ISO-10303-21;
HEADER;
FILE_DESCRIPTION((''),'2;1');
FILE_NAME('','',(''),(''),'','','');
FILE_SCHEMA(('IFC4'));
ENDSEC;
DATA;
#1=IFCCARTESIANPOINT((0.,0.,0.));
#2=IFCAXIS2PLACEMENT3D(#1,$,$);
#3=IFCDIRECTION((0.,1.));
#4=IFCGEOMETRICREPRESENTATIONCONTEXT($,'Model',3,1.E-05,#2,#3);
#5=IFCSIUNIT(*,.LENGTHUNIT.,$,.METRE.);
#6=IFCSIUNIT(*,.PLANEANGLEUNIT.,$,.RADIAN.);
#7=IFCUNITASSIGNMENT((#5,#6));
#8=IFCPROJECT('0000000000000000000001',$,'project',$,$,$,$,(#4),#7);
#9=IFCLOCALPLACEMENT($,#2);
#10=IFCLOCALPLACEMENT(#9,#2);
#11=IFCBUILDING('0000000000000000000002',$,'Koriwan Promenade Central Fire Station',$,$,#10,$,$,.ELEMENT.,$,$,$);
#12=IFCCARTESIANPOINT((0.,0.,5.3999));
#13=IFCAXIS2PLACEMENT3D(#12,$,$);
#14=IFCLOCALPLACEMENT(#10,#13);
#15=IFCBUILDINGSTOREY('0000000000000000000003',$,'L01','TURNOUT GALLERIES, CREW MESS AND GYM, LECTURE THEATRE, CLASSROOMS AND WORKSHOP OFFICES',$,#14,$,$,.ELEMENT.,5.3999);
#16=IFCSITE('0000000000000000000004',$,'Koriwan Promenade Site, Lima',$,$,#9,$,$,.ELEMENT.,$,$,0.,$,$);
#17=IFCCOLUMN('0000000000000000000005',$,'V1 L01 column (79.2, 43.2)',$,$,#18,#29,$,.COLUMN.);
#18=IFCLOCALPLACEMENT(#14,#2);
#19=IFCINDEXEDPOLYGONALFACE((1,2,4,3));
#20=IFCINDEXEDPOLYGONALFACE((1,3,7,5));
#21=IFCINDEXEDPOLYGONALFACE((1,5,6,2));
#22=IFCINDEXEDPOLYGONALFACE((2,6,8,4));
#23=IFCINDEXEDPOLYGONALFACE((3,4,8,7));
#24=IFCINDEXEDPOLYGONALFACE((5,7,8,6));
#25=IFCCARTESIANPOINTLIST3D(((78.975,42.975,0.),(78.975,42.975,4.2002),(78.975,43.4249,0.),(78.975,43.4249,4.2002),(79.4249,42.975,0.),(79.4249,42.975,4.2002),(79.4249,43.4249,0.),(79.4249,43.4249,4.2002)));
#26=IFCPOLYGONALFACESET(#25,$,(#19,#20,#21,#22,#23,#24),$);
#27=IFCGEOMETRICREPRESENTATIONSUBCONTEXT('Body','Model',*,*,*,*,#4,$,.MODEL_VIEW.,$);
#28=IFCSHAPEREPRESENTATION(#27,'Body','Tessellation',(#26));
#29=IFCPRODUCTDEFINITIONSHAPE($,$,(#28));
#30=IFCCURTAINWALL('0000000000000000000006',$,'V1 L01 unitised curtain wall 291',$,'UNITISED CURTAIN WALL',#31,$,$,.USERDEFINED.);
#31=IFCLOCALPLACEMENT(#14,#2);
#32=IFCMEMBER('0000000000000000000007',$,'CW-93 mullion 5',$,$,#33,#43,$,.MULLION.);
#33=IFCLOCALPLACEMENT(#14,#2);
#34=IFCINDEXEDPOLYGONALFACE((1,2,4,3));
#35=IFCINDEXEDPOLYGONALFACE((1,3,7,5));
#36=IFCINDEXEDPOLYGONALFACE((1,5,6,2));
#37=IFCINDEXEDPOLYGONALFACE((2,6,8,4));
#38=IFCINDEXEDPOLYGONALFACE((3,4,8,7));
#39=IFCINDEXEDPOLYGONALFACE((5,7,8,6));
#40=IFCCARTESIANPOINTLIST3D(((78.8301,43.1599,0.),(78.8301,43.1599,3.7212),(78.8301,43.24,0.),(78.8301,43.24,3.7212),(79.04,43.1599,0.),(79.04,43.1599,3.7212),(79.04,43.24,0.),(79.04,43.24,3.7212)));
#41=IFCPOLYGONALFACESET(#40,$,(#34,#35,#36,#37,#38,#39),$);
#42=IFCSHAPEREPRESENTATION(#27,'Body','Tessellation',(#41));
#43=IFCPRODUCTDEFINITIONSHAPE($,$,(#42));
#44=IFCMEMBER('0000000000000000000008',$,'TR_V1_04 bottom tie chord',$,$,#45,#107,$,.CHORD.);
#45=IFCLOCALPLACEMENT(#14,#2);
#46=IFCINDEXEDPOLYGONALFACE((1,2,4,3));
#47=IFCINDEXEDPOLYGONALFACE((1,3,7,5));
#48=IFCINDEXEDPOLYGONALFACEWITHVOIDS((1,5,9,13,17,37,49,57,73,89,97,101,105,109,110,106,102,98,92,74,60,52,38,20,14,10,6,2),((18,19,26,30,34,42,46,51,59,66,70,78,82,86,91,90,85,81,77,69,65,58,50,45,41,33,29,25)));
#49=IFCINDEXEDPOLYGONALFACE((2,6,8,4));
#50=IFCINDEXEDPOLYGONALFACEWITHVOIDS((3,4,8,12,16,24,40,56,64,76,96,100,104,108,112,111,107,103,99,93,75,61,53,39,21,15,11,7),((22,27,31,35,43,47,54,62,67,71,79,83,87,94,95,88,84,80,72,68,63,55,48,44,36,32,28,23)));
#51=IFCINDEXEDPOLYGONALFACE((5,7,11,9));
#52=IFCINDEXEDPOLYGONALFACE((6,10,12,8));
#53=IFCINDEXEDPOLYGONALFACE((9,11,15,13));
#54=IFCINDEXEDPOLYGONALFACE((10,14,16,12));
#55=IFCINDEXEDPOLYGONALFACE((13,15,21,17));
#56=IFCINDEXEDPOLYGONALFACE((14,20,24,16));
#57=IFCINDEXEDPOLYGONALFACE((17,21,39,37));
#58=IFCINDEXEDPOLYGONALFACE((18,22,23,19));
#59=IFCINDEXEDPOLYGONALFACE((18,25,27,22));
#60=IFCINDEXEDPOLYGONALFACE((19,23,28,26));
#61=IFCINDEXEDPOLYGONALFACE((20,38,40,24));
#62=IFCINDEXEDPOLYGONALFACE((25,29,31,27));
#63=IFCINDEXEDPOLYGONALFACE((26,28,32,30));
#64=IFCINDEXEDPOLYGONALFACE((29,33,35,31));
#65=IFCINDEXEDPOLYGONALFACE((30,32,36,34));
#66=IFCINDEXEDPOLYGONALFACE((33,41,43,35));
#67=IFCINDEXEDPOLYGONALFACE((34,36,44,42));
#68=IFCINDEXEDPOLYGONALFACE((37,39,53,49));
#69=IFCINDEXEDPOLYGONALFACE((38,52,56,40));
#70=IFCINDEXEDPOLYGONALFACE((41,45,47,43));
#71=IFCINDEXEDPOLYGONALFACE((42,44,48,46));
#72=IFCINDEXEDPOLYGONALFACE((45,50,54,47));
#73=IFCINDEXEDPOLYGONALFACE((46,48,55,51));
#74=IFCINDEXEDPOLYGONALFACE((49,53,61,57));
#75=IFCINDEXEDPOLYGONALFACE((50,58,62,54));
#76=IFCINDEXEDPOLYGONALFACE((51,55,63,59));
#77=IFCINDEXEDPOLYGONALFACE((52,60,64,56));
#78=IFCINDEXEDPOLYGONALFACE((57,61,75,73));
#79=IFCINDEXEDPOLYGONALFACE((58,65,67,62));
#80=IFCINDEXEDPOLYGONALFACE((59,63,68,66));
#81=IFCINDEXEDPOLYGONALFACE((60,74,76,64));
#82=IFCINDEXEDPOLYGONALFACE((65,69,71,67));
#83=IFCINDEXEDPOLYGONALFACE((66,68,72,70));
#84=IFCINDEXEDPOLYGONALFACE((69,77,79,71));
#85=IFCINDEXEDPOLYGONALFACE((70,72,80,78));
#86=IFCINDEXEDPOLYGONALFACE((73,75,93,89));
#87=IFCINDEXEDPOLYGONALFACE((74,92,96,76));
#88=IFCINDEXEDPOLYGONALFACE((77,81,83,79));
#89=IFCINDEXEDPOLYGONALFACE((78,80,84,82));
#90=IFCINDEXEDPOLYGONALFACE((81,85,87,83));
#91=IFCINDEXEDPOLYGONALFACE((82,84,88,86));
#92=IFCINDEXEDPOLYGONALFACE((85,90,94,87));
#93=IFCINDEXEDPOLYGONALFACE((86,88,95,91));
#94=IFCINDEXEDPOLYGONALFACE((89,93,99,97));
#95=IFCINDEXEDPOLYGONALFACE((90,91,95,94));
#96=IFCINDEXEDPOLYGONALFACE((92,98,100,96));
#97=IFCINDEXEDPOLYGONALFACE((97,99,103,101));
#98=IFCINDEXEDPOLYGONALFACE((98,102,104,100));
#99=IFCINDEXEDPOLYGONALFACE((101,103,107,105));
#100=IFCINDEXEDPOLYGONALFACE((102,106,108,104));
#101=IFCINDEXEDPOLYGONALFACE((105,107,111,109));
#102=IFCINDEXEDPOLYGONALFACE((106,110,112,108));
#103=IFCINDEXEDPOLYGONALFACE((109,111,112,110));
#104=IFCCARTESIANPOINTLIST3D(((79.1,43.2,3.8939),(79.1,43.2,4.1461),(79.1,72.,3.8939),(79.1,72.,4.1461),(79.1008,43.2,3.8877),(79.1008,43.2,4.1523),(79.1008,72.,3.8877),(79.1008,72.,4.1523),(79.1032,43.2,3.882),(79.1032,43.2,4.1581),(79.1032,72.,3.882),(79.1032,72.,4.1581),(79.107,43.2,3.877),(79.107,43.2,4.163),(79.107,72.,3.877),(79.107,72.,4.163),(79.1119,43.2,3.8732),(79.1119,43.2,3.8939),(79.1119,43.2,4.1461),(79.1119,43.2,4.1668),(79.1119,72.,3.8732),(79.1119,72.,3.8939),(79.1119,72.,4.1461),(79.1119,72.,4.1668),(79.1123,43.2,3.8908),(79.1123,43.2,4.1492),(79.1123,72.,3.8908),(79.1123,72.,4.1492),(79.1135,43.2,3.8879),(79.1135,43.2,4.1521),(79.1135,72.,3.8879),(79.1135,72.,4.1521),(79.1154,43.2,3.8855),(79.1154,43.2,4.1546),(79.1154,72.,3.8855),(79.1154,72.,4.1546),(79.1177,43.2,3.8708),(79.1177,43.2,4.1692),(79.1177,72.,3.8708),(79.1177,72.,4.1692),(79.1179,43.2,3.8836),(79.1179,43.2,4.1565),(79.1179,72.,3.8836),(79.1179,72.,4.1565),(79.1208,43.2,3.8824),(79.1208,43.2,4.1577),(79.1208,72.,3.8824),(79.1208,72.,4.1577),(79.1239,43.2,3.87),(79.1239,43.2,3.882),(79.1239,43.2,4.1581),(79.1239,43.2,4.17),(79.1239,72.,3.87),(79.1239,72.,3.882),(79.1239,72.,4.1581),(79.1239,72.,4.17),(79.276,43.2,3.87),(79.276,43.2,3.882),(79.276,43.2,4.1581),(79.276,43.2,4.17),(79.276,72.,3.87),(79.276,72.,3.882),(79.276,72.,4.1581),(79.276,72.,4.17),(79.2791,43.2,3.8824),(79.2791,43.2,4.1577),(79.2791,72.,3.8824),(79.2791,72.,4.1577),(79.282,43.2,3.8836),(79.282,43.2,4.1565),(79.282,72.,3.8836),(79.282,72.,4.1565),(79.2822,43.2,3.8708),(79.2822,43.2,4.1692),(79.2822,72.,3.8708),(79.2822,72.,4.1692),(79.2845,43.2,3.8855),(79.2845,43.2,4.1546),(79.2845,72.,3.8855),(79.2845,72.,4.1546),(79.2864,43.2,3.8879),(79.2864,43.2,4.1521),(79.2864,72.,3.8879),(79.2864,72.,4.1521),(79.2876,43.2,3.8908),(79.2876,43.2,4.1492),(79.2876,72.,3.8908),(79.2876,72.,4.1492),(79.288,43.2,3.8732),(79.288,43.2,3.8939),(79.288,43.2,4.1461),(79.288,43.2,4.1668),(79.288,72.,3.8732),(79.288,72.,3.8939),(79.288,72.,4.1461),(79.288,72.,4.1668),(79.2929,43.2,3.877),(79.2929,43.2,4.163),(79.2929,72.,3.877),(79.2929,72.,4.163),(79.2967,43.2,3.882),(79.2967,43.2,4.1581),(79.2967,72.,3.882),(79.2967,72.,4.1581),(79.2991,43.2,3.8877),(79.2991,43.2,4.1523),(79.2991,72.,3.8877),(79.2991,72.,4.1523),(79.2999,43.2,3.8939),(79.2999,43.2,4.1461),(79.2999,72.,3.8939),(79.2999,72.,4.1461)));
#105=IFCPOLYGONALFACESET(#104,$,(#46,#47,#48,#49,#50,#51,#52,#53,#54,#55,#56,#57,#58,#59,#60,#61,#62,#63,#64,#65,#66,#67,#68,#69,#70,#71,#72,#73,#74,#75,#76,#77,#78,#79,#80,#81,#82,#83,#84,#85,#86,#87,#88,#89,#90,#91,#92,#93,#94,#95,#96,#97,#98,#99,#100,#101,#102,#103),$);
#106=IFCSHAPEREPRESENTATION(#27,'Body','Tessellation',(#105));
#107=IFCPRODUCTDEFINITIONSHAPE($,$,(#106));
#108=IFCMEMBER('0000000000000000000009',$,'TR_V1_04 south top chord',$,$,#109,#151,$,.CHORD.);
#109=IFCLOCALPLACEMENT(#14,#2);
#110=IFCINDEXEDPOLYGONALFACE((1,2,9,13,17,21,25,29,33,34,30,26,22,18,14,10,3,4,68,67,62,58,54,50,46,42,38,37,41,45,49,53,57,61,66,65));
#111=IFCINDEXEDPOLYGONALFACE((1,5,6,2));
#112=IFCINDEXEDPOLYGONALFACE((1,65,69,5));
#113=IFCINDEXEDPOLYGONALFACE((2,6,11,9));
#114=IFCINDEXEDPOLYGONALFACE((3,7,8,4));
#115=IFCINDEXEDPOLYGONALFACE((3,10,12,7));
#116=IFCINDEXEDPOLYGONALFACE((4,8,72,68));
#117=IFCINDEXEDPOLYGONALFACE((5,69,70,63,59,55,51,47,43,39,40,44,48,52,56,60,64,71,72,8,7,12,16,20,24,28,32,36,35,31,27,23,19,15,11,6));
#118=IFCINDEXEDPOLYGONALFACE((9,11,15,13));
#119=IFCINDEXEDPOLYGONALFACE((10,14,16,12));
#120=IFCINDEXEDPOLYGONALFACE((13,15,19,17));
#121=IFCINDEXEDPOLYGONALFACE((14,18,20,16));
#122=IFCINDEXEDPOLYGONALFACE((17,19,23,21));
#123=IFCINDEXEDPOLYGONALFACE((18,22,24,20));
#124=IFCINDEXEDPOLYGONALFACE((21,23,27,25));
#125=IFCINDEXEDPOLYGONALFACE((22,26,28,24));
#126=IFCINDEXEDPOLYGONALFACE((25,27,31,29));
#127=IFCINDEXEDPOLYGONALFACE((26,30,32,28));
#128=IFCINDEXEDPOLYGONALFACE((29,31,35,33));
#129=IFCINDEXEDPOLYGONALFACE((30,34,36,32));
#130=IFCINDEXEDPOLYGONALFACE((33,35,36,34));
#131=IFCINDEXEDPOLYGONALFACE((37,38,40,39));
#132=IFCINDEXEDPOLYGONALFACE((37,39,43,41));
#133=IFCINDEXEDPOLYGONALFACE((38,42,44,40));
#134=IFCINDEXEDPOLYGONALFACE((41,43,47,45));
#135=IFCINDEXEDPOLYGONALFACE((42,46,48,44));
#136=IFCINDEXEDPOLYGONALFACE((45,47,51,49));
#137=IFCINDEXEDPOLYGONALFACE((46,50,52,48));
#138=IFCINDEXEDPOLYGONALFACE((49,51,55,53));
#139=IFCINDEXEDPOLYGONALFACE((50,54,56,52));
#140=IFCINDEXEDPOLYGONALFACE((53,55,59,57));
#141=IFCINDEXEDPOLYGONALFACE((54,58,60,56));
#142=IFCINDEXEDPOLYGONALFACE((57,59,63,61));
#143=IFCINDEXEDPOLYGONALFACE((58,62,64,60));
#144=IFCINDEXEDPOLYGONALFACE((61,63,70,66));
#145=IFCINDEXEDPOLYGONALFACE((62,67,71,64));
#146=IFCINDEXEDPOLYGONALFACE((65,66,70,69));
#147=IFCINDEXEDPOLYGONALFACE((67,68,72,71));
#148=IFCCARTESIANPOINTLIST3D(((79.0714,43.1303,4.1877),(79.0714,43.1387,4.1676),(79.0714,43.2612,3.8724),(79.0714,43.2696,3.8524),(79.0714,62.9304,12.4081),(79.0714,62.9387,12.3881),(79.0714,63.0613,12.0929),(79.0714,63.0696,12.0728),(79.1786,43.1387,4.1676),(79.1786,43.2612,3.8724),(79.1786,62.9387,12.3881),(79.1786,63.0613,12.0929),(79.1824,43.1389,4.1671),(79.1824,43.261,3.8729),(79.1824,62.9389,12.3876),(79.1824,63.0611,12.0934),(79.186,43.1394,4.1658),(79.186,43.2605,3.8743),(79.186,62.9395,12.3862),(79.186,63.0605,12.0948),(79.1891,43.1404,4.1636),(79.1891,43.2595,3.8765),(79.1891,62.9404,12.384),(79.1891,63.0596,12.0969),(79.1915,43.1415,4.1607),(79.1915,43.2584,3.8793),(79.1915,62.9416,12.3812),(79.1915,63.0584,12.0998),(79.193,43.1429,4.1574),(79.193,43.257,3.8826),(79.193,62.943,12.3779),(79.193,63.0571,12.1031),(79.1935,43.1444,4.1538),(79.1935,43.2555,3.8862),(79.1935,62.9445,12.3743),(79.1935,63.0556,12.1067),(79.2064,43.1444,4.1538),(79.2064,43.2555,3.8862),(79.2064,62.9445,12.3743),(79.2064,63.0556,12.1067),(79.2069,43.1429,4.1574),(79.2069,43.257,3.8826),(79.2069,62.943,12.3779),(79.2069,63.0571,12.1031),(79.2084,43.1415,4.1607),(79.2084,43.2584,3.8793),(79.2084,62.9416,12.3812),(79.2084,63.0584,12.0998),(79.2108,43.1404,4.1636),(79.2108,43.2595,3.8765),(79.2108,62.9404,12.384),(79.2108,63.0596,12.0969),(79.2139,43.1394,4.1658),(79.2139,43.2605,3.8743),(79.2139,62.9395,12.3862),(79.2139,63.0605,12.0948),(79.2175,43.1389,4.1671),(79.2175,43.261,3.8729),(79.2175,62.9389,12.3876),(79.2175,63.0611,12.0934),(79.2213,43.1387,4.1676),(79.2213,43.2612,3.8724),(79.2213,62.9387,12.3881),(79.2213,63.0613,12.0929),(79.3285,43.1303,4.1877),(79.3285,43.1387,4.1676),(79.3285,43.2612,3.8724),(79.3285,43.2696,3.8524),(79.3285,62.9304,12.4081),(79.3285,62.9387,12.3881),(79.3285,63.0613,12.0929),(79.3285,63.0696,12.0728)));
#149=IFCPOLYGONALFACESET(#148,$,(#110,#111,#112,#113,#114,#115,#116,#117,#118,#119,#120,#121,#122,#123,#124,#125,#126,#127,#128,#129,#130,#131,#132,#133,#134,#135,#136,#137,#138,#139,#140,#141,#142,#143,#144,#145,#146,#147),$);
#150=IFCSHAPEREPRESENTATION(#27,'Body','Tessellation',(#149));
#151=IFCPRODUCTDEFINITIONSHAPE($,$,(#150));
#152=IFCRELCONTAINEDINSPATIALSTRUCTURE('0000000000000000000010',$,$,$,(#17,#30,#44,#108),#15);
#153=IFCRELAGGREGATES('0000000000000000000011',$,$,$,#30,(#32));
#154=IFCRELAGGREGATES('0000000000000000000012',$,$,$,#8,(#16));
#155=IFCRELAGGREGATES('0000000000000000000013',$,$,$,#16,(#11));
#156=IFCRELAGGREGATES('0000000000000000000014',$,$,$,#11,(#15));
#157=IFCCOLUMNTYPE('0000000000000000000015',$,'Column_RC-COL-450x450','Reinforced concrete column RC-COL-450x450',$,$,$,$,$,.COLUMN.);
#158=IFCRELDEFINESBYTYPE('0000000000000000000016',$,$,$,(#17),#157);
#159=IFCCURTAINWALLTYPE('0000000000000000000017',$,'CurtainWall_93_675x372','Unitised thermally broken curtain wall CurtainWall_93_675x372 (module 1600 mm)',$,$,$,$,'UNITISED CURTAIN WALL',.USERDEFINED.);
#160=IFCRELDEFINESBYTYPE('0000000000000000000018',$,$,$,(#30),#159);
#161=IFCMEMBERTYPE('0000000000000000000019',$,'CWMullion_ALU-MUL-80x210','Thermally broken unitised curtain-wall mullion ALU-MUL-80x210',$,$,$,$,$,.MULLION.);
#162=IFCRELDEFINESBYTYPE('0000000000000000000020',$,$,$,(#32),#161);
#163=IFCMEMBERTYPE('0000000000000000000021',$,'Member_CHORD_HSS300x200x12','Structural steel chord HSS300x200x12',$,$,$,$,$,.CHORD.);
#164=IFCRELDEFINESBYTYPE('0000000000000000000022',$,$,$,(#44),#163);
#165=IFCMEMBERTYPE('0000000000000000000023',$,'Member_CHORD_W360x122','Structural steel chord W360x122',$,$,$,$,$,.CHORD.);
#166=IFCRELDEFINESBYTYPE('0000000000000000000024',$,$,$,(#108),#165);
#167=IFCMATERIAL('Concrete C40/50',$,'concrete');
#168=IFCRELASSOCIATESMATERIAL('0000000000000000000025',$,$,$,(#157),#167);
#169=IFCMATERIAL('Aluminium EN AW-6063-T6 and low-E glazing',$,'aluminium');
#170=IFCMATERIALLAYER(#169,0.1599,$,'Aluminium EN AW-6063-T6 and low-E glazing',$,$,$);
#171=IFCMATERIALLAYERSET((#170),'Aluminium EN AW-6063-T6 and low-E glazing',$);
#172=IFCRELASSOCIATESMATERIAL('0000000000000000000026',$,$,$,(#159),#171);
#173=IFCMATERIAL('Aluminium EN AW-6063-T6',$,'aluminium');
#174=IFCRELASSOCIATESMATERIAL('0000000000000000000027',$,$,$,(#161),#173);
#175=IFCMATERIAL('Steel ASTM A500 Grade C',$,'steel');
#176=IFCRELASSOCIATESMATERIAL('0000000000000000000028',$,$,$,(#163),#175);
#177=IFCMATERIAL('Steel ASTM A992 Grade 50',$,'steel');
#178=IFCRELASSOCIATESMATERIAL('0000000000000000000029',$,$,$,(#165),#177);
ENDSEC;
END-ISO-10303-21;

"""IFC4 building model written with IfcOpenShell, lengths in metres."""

from ifc_helpers import new_model, si_unit, direction, frame, origin, origin_2d, place, context, subcontext, project, spatial, rectangle, hollow_rectangle, i_section, extrude, material, layer, layer_set, material_profile, profile_set, type_object, element, aggregate, save


model = new_model("IFC4")

# Units and contexts
model_context = context("Model", 3, precision=1e-05, world=origin(), true_north=direction((0.0, 1.0)))
body_context = subcontext(model_context, "Body", "Model", "MODEL_VIEW")
ifc_project = project(units=[si_unit("LENGTHUNIT", "METRE"), si_unit("PLANEANGLEUNIT", "RADIAN")], contexts=[model_context])

# Site, building, storey
site_placement = place(None, origin())
site = spatial("IfcSite", under=ifc_project, at=site_placement, Name="Koriwan Promenade Site, Lima", CompositionType="ELEMENT", RefElevation=0.0)
building_placement = place(site_placement, origin())
building = spatial("IfcBuilding", under=site, at=building_placement, Name="Koriwan Promenade Central Fire Station", CompositionType="ELEMENT")
storey_placement = place(building_placement, frame((0.0, 0.0, 5.3999)))
storey = spatial("IfcBuildingStorey", under=building, at=storey_placement, Name="L01", Description="TURNOUT GALLERIES, CREW MESS AND GYM, LECTURE THEATRE, CLASSROOMS AND WORKSHOP OFFICES", CompositionType="ELEMENT", Elevation=5.3999)

# Column
ifc_material_1 = material(Name="Concrete C40/50", Category="concrete")
ifc_material_profile_1 = material_profile(ifc_material_1, rectangle(XDim=0.45, YDim=0.45, at=origin_2d()), Name="RC-COL-450x450")
ifc_profile_set_1 = profile_set([ifc_material_profile_1], Name="Concrete C40/50")
column_type = type_object("IfcColumnType", Name="Column_RC-COL-450x450", Description="Reinforced concrete column RC-COL-450x450", PredefinedType="COLUMN", material=ifc_profile_set_1)
column_placement = place(storey_placement, frame((79.2, 43.2, 0.0), z_axis=(0.0, 0.0, 1.0), x_axis=(1.0, 0.0, 0.0)))
element("IfcColumn", 1, at=column_placement, inside=storey, type_object=column_type, Name="V1 L01 column (79.2, 43.2)", PredefinedType="COLUMN", context=body_context, shape_type="SweptSolid", body=[
    extrude(rectangle(XDim=0.45, YDim=0.45, at=origin_2d()), origin(), (0.0, 0.0, 1.0), 4.2002),
])

# Curtain wall, member
ifc_material_2 = material(Name="Aluminium EN AW-6063-T6 and low-E glazing", Category="aluminium")
ifc_layer_1 = layer(ifc_material_2, 0.1599, Name="Aluminium EN AW-6063-T6 and low-E glazing")
ifc_layer_set_1 = layer_set([ifc_layer_1], Name="Aluminium EN AW-6063-T6 and low-E glazing")
curtain_wall_type = type_object("IfcCurtainWallType", Name="CurtainWall_93_675x372", Description="Unitised thermally broken curtain wall CurtainWall_93_675x372 (module 1600 mm)", ElementType="UNITISED CURTAIN WALL", PredefinedType="USERDEFINED", material=ifc_layer_set_1)
curtain_wall_placement = place(storey_placement, origin())
curtain_wall = element("IfcCurtainWall", 2, at=curtain_wall_placement, inside=storey, type_object=curtain_wall_type, Name="V1 L01 unitised curtain wall 291", ObjectType="UNITISED CURTAIN WALL", PredefinedType="USERDEFINED")
ifc_material_3 = material(Name="Aluminium EN AW-6063-T6", Category="aluminium")
ifc_material_profile_2 = material_profile(ifc_material_3, rectangle(XDim=0.0801, YDim=0.21, at=origin_2d()), Name="ALU-MUL-80x210")
ifc_profile_set_2 = profile_set([ifc_material_profile_2], Name="Aluminium EN AW-6063-T6")
member_type_1 = type_object("IfcMemberType", Name="CWMullion_ALU-MUL-80x210", Description="Thermally broken unitised curtain-wall mullion ALU-MUL-80x210", PredefinedType="MULLION", material=ifc_profile_set_2)
member_1_placement = place(storey_placement, frame((78.9351, 43.2, 0.0), z_axis=(0.0, 0.0, 1.0), x_axis=(0.0, 1.0, 0.0)))
member_1 = element("IfcMember", 3, at=member_1_placement, type_object=member_type_1, Name="CW-93 mullion 5", PredefinedType="MULLION", context=body_context, shape_type="SweptSolid", body=[
    extrude(rectangle(XDim=0.0801, YDim=0.21, at=origin_2d()), origin(), (0.0, 0.0, 1.0), 3.7212),
])

# Members
ifc_material_4 = material(Name="Steel ASTM A500 Grade C", Category="steel")
ifc_material_profile_3 = material_profile(ifc_material_4, hollow_rectangle(XDim=0.2, YDim=0.3, WallThickness=0.012, InnerFilletRadius=0.012, OuterFilletRadius=0.0239, at=origin_2d()), Name="HSS300x200x12")
ifc_profile_set_3 = profile_set([ifc_material_profile_3], Name="Steel ASTM A500 Grade C")
member_type_2 = type_object("IfcMemberType", Name="Member_CHORD_HSS300x200x12", Description="Structural steel chord HSS300x200x12", PredefinedType="CHORD", material=ifc_profile_set_3)
member_2_placement = place(storey_placement, frame((79.2, 43.2, 4.02), z_axis=(0.0, 1.0, 0.0), x_axis=(-1.0, 0.0, 0.0)))
element("IfcMember", 4, at=member_2_placement, inside=storey, type_object=member_type_2, Name="TR_V1_04 bottom tie chord", PredefinedType="CHORD", context=body_context, shape_type="SweptSolid", body=[
    extrude(hollow_rectangle(XDim=0.2, YDim=0.3, WallThickness=0.012, InnerFilletRadius=0.012, OuterFilletRadius=0.0239, at=origin_2d()), origin(), (0.0, 0.0, 1.0), 28.8),
])
ifc_material_5 = material(Name="Steel ASTM A992 Grade 50", Category="steel")
ifc_material_profile_4 = material_profile(ifc_material_5, i_section(OverallWidth=0.2571, OverallDepth=0.363, WebThickness=0.0129, FlangeThickness=0.0217, FilletRadius=0.0149, at=origin_2d()), Name="W360x122")
ifc_profile_set_4 = profile_set([ifc_material_profile_4], Name="Steel ASTM A992 Grade 50")
member_type_3 = type_object("IfcMemberType", Name="Member_CHORD_W360x122", Description="Structural steel chord W360x122", PredefinedType="CHORD", material=ifc_profile_set_4)
member_3_placement = place(storey_placement, frame((79.2, 43.2, 4.02), z_axis=(0.0, 0.923566, 0.38344), x_axis=(-1.0, 0.0, 0.0)))
element("IfcMember", 5, at=member_3_placement, inside=storey, type_object=member_type_3, Name="TR_V1_04 south top chord", PredefinedType="CHORD", context=body_context, shape_type="SweptSolid", body=[
    extrude(i_section(OverallWidth=0.2571, OverallDepth=0.363, WebThickness=0.0129, FlangeThickness=0.0217, FilletRadius=0.0149, at=origin_2d()), origin(), (0.0, 0.0, 1.0), 21.4387),
])

aggregate(curtain_wall, [member_1])

save(model, "model.ifc")
